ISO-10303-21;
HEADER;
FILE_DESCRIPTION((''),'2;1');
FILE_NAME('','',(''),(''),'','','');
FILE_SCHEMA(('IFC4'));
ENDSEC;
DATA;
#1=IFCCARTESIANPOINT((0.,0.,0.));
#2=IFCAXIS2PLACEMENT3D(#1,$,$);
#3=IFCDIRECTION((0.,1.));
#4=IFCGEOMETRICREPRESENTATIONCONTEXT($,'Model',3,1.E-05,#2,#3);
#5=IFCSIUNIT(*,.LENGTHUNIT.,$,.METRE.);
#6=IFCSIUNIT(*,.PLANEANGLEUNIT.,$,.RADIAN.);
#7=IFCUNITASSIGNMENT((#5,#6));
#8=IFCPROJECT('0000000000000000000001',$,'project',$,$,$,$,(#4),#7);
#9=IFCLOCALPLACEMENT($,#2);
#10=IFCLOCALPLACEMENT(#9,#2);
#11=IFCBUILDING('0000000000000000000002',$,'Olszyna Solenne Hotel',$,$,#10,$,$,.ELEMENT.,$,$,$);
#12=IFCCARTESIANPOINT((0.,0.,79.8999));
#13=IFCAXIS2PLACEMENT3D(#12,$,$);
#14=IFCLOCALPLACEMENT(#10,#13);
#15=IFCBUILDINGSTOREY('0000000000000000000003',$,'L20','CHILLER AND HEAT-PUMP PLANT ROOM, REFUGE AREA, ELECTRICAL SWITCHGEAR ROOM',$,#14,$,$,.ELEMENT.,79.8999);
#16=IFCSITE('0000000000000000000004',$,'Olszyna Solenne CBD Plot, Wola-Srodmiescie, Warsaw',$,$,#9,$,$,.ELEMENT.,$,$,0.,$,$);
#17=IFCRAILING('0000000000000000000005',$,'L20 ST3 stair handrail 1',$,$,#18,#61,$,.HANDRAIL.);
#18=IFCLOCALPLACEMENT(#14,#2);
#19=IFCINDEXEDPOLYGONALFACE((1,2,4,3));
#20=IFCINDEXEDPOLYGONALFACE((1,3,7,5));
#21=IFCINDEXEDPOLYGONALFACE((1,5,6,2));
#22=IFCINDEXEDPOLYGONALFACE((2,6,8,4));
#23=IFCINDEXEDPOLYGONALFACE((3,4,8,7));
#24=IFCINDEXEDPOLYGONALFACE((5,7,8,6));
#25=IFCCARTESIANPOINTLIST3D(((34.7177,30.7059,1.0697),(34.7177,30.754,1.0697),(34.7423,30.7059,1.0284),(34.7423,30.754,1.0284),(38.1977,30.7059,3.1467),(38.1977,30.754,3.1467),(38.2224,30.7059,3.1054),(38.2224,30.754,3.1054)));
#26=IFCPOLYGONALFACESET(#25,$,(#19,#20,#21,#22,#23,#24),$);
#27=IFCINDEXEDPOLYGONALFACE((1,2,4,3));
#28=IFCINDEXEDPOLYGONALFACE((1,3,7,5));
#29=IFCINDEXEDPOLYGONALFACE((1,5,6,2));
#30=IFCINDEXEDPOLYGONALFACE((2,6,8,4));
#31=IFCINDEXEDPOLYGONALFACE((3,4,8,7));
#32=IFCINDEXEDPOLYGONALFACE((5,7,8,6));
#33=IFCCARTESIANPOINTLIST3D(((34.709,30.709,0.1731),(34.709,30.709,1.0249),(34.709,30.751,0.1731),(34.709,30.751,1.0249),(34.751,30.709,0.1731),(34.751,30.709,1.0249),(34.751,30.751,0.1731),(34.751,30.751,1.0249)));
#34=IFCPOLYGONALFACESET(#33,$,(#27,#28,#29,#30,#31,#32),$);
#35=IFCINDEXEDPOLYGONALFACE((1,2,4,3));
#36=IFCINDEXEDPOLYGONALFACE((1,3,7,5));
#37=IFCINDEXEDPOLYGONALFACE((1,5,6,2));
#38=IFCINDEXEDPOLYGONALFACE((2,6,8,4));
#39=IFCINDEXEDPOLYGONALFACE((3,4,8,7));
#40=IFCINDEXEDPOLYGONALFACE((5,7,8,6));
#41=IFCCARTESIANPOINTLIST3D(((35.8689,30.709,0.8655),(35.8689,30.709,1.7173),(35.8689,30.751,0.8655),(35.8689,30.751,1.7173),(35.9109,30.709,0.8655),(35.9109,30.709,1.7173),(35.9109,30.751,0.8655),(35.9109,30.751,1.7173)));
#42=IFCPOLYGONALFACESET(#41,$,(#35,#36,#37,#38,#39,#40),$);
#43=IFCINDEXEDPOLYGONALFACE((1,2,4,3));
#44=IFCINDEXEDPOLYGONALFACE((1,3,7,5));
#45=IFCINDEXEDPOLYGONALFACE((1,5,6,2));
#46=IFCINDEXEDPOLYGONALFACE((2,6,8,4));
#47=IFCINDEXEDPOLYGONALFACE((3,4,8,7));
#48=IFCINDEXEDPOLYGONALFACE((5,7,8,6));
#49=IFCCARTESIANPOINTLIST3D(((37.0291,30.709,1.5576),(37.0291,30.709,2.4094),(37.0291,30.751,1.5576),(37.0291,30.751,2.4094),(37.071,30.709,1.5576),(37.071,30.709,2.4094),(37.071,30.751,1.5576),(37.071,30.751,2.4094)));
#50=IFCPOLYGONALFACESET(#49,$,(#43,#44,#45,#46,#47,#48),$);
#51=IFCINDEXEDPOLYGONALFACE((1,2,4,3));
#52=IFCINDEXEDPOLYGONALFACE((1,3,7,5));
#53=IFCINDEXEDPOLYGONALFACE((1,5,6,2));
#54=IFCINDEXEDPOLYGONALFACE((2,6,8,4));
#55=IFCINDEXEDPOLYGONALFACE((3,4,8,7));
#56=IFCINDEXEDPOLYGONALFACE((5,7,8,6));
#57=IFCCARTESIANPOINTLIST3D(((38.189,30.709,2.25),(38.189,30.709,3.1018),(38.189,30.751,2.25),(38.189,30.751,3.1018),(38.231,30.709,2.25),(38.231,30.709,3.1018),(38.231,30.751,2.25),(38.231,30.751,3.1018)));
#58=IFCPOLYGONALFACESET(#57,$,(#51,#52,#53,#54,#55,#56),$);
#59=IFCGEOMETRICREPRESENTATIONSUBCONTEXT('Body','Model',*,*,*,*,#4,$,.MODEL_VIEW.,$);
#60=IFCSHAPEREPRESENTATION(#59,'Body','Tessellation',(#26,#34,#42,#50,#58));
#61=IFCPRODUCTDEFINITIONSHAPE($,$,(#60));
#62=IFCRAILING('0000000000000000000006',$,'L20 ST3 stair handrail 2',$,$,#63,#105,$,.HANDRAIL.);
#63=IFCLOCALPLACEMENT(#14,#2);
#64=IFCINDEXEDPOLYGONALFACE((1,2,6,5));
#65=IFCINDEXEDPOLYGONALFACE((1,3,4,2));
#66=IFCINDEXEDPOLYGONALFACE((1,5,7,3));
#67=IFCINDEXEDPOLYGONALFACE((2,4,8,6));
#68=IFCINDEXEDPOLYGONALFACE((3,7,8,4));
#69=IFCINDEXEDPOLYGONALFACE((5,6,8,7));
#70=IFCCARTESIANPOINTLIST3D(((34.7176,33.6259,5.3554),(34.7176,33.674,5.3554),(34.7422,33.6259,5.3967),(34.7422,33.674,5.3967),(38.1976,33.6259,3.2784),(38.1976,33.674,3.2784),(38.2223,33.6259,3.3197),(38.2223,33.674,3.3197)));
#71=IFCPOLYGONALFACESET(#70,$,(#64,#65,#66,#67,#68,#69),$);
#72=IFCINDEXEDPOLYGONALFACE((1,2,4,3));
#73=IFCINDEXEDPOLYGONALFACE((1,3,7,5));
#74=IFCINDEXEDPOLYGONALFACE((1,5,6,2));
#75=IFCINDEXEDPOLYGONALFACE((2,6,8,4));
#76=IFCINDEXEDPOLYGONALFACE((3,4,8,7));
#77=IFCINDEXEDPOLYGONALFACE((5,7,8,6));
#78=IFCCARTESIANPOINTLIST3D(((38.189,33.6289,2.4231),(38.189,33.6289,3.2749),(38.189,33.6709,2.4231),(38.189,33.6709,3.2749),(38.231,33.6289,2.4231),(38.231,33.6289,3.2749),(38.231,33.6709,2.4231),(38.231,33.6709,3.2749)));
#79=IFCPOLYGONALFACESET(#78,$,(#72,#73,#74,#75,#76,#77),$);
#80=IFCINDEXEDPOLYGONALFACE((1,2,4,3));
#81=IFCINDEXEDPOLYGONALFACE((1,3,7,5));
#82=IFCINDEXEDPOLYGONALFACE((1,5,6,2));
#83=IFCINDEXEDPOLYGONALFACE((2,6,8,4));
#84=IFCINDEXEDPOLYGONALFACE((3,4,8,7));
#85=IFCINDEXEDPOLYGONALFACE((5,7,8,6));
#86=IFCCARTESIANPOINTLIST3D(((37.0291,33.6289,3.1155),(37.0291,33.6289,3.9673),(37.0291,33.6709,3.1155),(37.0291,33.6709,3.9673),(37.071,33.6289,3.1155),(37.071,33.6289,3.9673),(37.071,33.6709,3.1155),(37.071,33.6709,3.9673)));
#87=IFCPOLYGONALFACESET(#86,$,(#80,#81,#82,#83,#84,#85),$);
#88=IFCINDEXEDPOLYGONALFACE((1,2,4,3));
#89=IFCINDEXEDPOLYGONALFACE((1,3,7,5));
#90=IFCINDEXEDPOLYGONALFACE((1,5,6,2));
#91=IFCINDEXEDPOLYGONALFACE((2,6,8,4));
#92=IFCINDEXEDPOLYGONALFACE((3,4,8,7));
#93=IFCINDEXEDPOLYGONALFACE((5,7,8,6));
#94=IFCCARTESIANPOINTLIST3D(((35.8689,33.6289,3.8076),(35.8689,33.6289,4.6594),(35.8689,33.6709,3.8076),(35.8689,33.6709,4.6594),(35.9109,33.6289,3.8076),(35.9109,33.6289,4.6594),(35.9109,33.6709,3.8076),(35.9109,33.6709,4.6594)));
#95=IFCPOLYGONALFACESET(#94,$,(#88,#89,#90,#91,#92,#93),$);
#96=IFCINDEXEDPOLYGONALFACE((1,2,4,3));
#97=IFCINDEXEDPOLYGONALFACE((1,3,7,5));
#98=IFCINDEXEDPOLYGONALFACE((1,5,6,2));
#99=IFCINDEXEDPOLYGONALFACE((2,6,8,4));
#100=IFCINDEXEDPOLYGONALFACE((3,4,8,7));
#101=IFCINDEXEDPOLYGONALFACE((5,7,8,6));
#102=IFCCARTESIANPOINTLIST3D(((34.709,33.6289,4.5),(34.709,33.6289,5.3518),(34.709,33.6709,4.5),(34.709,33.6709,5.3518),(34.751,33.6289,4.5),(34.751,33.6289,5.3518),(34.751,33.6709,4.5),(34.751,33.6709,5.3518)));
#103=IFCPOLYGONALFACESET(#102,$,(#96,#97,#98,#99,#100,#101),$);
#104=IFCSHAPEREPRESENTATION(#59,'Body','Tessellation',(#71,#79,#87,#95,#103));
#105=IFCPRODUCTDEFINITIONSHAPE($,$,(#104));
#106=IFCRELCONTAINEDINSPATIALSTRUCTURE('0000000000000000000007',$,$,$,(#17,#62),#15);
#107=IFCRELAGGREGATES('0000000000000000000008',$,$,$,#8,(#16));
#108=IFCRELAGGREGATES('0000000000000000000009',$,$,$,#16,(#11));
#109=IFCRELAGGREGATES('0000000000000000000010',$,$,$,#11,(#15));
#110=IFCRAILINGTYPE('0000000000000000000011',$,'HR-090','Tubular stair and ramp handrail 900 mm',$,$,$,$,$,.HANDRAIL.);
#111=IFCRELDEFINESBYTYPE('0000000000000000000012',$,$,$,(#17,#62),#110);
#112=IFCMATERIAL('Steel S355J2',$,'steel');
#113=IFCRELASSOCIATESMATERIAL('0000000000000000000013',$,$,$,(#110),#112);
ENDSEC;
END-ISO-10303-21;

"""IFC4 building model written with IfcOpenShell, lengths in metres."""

from ifc_helpers import new_model, si_unit, direction, frame, origin, origin_2d, place, context, subcontext, project, spatial, rectangle, extrude, material, type_object, element, save


model = new_model("IFC4")

# Units and contexts
model_context = context("Model", 3, precision=1e-05, world=origin(), true_north=direction((0.0, 1.0)))
body_context = subcontext(model_context, "Body", "Model", "MODEL_VIEW")
ifc_project = project(units=[si_unit("LENGTHUNIT", "METRE"), si_unit("PLANEANGLEUNIT", "RADIAN")], contexts=[model_context])

# Site, building, storey
site_placement = place(None, origin())
site = spatial("IfcSite", under=ifc_project, at=site_placement, Name="Olszyna Solenne CBD Plot, Wola-Srodmiescie, Warsaw", CompositionType="ELEMENT", RefElevation=0.0)
building_placement = place(site_placement, origin())
building = spatial("IfcBuilding", under=site, at=building_placement, Name="Olszyna Solenne Hotel", CompositionType="ELEMENT")
storey_placement = place(building_placement, frame((0.0, 0.0, 79.8999)))
storey = spatial("IfcBuildingStorey", under=building, at=storey_placement, Name="L20", Description="CHILLER AND HEAT-PUMP PLANT ROOM, REFUGE AREA, ELECTRICAL SWITCHGEAR ROOM", CompositionType="ELEMENT", Elevation=79.8999)

# Shared definitions
ifc_material_1 = material(Name="Steel S355J2", Category="steel")

# Railings
railing_type_1 = type_object("IfcRailingType", Name="HR-090", Description="Tubular stair and ramp handrail 900 mm", PredefinedType="HANDRAIL", material=ifc_material_1)
railing_1_placement = place(storey_placement, frame((34.73, 30.73, 0.1731)))
element("IfcRailing", 1, at=railing_1_placement, inside=storey, type_object=railing_type_1, Name="L20 ST3 stair handrail 1", PredefinedType="HANDRAIL", context=body_context, shape_type="SweptSolid", body=[
    extrude(rectangle(XDim=0.0481, YDim=0.0481, at=origin_2d()), frame((0.0, 0.0, 0.876), z_axis=(0.858697, 0.0, 0.512483), x_axis=(0.0, 1.0, 0.0)), (0.0, 0.0, 1.0), 4.0527),
    extrude(rectangle(XDim=0.042, YDim=0.042, at=origin_2d()), origin(), (0.0, 0.0, 1.0), 0.8518),
    extrude(rectangle(XDim=0.042, YDim=0.042, at=origin_2d()), frame((1.1599, 0.0, 0.6924)), (0.0, 0.0, 1.0), 0.8518),
    extrude(rectangle(XDim=0.042, YDim=0.042, at=origin_2d()), frame((2.3201, 0.0, 1.3845)), (0.0, 0.0, 1.0), 0.8518),
    extrude(rectangle(XDim=0.042, YDim=0.042, at=origin_2d()), frame((3.48, 0.0, 2.0769)), (0.0, 0.0, 1.0), 0.8518),
])
railing_2_placement = place(storey_placement, frame((38.21, 33.6499, 2.4231)))
element("IfcRailing", 2, at=railing_2_placement, inside=storey, type_object=railing_type_1, Name="L20 ST3 stair handrail 2", PredefinedType="HANDRAIL", context=body_context, shape_type="SweptSolid", body=[
    extrude(rectangle(XDim=0.0481, YDim=0.0481, at=origin_2d()), frame((0.0, 0.0, 0.876), z_axis=(-0.858697, 0.0, 0.512483), x_axis=(0.0, -1.0, 0.0)), (0.0, 0.0, 1.0), 4.0527),
    extrude(rectangle(XDim=0.042, YDim=0.042, at=origin_2d()), origin(), (0.0, 0.0, 1.0), 0.8518),
    extrude(rectangle(XDim=0.042, YDim=0.042, at=origin_2d()), frame((-1.1599, 0.0, 0.6924)), (0.0, 0.0, 1.0), 0.8518),
    extrude(rectangle(XDim=0.042, YDim=0.042, at=origin_2d()), frame((-2.3201, 0.0, 1.3845)), (0.0, 0.0, 1.0), 0.8518),
    extrude(rectangle(XDim=0.042, YDim=0.042, at=origin_2d()), frame((-3.48, 0.0, 2.0769)), (0.0, 0.0, 1.0), 0.8518),
])

save(model, "model.ifc")
